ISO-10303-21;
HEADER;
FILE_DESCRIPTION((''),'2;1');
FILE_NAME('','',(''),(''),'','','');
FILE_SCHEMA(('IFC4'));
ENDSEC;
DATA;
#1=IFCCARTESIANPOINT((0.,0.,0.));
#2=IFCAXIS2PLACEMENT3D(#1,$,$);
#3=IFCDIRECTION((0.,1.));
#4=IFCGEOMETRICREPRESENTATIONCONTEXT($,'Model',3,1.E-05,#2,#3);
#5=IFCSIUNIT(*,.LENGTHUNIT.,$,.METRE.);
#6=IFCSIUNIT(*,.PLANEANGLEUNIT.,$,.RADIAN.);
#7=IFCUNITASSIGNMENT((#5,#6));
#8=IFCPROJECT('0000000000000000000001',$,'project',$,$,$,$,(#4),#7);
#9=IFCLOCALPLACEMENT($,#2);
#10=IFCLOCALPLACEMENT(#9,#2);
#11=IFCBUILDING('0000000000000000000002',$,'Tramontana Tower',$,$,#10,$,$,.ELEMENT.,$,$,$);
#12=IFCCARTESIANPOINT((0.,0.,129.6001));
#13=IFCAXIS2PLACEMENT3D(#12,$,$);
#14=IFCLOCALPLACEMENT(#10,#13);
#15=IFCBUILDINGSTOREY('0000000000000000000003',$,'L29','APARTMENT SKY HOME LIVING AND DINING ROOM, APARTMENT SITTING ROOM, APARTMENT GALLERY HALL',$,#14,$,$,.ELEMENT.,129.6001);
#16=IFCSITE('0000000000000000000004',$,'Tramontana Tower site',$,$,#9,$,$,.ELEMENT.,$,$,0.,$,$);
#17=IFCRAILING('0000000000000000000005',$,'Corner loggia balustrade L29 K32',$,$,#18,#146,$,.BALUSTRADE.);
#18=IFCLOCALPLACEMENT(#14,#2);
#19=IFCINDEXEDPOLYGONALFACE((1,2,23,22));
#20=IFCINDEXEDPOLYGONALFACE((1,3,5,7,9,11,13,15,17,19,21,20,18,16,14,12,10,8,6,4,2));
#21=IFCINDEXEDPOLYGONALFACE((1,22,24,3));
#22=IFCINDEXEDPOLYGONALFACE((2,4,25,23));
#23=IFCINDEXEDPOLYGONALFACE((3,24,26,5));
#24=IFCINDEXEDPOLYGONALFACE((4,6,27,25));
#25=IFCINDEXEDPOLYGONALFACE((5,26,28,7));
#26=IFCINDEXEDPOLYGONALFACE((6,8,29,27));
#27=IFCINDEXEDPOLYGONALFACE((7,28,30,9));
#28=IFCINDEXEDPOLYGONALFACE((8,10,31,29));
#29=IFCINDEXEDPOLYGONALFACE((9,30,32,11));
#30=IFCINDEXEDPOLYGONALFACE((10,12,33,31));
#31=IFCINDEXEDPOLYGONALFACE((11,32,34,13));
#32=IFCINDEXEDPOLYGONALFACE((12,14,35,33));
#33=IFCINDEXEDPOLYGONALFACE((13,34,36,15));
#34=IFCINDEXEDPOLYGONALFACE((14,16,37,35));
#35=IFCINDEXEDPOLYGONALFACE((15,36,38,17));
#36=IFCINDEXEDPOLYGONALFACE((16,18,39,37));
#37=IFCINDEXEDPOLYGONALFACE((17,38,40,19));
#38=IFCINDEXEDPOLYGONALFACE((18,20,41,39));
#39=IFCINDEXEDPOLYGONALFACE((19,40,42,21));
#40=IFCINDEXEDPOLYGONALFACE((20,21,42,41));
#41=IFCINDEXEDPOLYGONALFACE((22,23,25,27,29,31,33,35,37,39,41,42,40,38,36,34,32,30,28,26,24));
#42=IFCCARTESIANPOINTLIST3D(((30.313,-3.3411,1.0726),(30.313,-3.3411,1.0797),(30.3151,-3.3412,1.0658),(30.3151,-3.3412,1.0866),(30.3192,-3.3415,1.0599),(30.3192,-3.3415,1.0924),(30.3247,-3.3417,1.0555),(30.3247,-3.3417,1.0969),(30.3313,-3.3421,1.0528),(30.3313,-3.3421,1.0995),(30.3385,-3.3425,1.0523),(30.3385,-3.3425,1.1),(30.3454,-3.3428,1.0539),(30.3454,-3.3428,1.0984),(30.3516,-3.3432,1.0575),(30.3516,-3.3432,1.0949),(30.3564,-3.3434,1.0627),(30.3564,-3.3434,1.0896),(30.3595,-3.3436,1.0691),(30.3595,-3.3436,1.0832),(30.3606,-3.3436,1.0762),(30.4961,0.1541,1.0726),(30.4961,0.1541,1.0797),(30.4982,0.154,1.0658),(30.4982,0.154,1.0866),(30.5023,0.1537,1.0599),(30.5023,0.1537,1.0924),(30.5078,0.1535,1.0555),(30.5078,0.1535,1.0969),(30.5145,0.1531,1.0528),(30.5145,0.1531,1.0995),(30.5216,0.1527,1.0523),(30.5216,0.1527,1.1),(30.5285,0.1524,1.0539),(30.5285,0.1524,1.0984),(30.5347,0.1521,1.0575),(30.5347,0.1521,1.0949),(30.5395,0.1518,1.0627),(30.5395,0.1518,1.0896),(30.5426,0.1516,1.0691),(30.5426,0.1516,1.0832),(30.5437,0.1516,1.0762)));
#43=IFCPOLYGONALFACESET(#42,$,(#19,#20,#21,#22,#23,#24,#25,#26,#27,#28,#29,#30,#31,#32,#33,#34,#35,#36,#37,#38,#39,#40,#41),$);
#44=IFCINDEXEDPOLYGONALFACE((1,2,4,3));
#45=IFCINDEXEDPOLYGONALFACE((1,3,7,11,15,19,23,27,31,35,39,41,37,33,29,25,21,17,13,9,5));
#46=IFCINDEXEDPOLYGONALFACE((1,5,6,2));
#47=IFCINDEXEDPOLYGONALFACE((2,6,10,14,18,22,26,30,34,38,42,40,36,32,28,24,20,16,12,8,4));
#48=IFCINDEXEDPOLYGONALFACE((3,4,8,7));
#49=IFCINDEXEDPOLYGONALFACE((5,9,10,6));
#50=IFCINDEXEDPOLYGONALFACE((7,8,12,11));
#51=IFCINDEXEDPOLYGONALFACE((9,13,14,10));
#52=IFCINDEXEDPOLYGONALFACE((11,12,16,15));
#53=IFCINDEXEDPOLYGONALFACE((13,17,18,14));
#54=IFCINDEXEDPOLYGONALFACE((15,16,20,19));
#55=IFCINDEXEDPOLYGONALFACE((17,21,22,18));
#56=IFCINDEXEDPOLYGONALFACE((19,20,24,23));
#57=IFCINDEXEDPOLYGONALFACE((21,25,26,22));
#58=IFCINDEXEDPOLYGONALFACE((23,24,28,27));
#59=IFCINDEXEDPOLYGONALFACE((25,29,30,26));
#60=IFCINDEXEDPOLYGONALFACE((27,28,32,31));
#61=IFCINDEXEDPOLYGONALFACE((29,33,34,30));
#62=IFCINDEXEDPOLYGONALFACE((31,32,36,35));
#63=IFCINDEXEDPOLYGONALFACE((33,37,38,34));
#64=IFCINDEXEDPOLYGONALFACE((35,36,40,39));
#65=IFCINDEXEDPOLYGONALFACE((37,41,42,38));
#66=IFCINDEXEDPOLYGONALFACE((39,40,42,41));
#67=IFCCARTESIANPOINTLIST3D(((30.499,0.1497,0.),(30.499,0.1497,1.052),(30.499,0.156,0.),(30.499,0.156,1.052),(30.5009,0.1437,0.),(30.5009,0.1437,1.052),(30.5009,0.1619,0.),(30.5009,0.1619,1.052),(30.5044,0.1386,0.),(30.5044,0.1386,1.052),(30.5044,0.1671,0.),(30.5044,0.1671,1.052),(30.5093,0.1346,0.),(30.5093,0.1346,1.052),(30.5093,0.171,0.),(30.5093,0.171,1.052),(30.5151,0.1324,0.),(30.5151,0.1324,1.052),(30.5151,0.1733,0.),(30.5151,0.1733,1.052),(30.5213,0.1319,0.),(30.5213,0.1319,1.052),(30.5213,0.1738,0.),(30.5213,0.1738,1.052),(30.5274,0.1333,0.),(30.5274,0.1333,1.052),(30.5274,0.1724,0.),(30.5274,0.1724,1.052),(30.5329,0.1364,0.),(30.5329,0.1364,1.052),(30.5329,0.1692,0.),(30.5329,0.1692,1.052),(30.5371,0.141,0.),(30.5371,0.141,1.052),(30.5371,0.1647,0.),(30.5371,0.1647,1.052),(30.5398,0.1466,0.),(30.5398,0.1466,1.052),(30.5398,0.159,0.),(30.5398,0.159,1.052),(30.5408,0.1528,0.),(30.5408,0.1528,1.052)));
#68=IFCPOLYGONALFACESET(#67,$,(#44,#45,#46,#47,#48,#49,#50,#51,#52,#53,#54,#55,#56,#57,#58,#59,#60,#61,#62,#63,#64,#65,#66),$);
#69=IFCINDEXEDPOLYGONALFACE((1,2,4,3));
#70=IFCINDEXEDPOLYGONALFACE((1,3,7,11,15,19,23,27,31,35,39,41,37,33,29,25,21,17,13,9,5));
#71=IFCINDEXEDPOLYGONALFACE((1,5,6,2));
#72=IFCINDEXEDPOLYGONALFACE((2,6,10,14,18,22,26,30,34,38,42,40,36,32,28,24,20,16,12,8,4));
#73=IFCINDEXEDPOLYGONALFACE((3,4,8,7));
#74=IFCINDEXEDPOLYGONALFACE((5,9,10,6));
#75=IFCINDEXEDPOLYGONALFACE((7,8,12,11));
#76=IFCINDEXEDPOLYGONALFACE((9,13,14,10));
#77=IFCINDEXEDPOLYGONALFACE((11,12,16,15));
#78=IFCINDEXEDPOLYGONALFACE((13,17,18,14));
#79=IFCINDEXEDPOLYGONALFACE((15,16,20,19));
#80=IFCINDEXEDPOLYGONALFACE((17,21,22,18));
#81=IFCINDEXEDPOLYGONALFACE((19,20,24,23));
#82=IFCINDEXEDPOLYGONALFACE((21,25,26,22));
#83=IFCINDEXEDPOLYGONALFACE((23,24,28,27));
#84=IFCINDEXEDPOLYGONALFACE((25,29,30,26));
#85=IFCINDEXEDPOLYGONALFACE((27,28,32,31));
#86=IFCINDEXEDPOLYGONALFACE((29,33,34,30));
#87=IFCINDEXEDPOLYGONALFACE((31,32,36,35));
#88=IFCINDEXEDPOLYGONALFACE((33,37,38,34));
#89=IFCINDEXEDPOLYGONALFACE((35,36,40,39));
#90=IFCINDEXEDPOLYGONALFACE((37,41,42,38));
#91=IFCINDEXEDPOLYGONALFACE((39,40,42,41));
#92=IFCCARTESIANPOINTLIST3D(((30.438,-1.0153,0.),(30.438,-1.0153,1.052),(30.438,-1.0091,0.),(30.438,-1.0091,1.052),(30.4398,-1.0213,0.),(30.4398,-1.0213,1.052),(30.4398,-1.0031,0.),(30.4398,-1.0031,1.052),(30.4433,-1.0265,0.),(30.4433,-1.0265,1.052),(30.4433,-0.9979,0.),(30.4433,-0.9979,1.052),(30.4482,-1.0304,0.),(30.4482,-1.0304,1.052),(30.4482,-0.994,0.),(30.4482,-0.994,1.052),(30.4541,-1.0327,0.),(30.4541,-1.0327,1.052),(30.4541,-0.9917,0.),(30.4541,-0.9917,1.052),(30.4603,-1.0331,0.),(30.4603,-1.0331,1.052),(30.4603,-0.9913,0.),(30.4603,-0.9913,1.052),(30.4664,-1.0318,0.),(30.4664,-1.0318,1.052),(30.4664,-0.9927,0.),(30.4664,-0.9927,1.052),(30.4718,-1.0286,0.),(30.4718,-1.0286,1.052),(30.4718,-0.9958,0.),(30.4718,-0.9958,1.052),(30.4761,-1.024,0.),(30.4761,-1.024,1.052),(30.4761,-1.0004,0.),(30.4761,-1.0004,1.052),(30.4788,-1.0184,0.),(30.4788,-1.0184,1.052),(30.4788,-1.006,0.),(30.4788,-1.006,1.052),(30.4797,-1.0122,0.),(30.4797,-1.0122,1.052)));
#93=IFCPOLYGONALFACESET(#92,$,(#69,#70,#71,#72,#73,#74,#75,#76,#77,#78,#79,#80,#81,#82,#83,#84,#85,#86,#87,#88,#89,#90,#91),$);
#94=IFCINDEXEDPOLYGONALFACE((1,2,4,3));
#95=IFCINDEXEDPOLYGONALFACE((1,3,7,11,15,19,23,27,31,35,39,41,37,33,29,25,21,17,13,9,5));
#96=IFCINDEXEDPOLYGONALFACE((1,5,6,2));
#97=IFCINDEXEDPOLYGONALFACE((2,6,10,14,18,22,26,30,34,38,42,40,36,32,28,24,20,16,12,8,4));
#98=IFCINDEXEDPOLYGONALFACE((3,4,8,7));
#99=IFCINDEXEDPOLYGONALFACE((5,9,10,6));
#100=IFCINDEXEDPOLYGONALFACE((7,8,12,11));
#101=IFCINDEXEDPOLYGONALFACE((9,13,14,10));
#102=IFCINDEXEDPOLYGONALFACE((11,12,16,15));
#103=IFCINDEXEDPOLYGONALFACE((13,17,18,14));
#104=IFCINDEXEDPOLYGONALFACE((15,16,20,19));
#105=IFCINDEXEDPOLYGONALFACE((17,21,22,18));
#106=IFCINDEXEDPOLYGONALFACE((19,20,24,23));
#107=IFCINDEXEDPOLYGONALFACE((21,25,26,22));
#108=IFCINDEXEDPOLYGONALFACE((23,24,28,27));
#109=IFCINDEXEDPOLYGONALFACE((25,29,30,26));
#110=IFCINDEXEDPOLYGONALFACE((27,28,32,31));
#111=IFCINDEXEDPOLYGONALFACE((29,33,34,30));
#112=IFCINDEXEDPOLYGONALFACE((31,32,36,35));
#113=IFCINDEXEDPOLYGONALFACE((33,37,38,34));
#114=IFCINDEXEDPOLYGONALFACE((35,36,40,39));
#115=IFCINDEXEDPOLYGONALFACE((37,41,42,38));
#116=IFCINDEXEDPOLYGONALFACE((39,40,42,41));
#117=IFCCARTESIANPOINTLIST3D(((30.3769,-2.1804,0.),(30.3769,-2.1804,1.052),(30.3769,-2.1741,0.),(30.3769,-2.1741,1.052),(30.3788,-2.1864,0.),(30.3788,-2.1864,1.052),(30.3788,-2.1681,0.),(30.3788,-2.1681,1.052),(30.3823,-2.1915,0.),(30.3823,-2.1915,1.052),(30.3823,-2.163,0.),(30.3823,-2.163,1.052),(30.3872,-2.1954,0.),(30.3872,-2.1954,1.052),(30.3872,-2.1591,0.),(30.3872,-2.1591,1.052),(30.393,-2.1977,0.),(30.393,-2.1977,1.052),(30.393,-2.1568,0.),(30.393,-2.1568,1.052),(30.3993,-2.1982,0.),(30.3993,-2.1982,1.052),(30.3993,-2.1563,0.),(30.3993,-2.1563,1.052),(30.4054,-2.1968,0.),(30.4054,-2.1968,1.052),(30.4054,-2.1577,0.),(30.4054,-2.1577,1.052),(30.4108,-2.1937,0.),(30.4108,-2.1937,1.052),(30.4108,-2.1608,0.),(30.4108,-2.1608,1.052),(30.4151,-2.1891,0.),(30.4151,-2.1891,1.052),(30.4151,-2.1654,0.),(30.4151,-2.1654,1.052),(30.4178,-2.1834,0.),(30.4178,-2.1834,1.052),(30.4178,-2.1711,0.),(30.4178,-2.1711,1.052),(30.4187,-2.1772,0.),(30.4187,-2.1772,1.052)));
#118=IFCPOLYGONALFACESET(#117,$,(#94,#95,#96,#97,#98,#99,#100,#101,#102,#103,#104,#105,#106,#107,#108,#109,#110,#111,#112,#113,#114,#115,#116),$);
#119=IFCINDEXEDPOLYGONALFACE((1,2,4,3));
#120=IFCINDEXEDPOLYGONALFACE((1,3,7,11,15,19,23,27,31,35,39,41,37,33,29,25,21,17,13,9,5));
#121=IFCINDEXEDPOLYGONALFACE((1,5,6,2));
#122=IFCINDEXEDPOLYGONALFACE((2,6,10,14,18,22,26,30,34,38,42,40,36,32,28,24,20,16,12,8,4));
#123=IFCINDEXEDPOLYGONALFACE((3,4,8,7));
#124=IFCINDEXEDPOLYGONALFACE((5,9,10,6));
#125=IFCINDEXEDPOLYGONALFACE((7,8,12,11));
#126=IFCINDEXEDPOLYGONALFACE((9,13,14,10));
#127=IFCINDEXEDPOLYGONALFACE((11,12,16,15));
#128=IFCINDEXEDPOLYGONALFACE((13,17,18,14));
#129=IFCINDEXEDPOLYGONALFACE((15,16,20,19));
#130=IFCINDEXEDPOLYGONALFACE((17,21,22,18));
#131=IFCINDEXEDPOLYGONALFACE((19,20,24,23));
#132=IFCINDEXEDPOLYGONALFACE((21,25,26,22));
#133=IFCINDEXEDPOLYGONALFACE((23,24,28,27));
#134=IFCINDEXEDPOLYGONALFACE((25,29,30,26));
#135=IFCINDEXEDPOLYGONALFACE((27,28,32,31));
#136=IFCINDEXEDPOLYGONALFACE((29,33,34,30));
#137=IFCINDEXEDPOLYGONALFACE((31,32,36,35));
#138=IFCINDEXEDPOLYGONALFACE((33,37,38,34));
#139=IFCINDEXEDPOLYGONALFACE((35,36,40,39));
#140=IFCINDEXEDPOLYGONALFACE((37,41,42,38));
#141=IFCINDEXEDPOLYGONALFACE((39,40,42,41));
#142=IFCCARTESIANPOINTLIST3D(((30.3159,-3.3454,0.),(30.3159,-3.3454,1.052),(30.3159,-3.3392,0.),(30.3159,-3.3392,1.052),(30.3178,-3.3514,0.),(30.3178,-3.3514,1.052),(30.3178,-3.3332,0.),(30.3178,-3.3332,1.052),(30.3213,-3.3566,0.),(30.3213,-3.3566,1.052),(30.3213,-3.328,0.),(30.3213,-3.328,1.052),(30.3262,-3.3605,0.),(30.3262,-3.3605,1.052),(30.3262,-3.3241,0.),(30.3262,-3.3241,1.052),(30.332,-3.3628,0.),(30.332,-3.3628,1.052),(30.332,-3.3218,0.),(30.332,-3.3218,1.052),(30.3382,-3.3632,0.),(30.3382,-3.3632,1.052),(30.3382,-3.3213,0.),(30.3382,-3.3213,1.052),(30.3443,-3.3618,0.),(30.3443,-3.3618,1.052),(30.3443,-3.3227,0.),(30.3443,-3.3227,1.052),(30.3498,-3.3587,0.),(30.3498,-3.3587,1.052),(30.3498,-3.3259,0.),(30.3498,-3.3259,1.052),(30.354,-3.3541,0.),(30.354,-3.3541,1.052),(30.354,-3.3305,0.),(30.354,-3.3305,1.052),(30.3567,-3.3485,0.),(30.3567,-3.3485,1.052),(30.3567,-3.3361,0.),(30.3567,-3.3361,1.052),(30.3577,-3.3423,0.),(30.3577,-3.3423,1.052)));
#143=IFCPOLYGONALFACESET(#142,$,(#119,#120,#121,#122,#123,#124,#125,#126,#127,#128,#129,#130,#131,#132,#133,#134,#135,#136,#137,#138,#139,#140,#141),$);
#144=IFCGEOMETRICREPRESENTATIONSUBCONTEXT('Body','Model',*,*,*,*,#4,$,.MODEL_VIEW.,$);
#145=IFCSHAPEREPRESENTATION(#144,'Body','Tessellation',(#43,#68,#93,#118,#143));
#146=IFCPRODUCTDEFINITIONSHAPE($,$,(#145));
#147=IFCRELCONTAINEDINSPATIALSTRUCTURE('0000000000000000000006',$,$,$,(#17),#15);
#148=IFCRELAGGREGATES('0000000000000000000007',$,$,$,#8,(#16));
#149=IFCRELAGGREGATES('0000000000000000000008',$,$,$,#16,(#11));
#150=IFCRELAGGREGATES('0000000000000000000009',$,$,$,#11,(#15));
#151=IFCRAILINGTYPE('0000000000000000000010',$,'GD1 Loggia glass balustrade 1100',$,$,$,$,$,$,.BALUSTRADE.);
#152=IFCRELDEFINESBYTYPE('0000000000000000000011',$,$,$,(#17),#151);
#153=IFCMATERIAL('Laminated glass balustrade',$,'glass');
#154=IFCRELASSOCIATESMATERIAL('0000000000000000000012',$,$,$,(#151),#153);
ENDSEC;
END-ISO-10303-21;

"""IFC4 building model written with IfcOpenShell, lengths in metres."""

from ifc_helpers import new_model, si_unit, direction, frame, origin, origin_2d, place, context, subcontext, project, spatial, circle, extrude, material, type_object, element, save


model = new_model("IFC4")

# Units and contexts
model_context = context("Model", 3, precision=1e-05, world=origin(), true_north=direction((0.0, 1.0)))
body_context = subcontext(model_context, "Body", "Model", "MODEL_VIEW")
ifc_project = project(units=[si_unit("LENGTHUNIT", "METRE"), si_unit("PLANEANGLEUNIT", "RADIAN")], contexts=[model_context])

# Site, building, storey
site_placement = place(None, origin())
site = spatial("IfcSite", under=ifc_project, at=site_placement, Name="Tramontana Tower site", CompositionType="ELEMENT", RefElevation=0.0)
building_placement = place(site_placement, origin())
building = spatial("IfcBuilding", under=site, at=building_placement, Name="Tramontana Tower", CompositionType="ELEMENT")
storey_placement = place(building_placement, frame((0.0, 0.0, 129.6001)))
storey = spatial("IfcBuildingStorey", under=building, at=storey_placement, Name="L29", Description="APARTMENT SKY HOME LIVING AND DINING ROOM, APARTMENT SITTING ROOM, APARTMENT GALLERY HALL", CompositionType="ELEMENT", Elevation=129.6001)

# Railing
ifc_material_1 = material(Name="Laminated glass balustrade", Category="glass")
railing_type = type_object("IfcRailingType", Name="GD1 Loggia glass balustrade 1100", PredefinedType="BALUSTRADE", material=ifc_material_1)
railing_placement = place(storey_placement, frame((30.5198, 0.1528, 0.0)))
element("IfcRailing", 1, at=railing_placement, inside=storey, type_object=railing_type, Name="Corner loggia balustrade L29 K32", PredefinedType="BALUSTRADE", context=body_context, shape_type="SweptSolid", body=[
    extrude(circle(Radius=0.0239, at=origin_2d()), frame((0.0, 0.0, 1.0762), z_axis=(-0.052317, -0.998631, 0.0), x_axis=(0.998631, -0.052317, 0.0)), (0.0, 0.0, 1.0), 3.5),
    extrude(circle(Radius=0.021, at=origin_2d()), origin(), (0.0, 0.0, 1.0), 1.052),
    extrude(circle(Radius=0.021, at=origin_2d()), frame((-0.061, -1.165, 0.0)), (0.0, 0.0, 1.0), 1.052),
    extrude(circle(Radius=0.021, at=origin_2d()), frame((-0.1221, -2.3301, 0.0)), (0.0, 0.0, 1.0), 1.052),
    extrude(circle(Radius=0.021, at=origin_2d()), frame((-0.1831, -3.4951, 0.0)), (0.0, 0.0, 1.0), 1.052),
])

save(model, "model.ifc")
